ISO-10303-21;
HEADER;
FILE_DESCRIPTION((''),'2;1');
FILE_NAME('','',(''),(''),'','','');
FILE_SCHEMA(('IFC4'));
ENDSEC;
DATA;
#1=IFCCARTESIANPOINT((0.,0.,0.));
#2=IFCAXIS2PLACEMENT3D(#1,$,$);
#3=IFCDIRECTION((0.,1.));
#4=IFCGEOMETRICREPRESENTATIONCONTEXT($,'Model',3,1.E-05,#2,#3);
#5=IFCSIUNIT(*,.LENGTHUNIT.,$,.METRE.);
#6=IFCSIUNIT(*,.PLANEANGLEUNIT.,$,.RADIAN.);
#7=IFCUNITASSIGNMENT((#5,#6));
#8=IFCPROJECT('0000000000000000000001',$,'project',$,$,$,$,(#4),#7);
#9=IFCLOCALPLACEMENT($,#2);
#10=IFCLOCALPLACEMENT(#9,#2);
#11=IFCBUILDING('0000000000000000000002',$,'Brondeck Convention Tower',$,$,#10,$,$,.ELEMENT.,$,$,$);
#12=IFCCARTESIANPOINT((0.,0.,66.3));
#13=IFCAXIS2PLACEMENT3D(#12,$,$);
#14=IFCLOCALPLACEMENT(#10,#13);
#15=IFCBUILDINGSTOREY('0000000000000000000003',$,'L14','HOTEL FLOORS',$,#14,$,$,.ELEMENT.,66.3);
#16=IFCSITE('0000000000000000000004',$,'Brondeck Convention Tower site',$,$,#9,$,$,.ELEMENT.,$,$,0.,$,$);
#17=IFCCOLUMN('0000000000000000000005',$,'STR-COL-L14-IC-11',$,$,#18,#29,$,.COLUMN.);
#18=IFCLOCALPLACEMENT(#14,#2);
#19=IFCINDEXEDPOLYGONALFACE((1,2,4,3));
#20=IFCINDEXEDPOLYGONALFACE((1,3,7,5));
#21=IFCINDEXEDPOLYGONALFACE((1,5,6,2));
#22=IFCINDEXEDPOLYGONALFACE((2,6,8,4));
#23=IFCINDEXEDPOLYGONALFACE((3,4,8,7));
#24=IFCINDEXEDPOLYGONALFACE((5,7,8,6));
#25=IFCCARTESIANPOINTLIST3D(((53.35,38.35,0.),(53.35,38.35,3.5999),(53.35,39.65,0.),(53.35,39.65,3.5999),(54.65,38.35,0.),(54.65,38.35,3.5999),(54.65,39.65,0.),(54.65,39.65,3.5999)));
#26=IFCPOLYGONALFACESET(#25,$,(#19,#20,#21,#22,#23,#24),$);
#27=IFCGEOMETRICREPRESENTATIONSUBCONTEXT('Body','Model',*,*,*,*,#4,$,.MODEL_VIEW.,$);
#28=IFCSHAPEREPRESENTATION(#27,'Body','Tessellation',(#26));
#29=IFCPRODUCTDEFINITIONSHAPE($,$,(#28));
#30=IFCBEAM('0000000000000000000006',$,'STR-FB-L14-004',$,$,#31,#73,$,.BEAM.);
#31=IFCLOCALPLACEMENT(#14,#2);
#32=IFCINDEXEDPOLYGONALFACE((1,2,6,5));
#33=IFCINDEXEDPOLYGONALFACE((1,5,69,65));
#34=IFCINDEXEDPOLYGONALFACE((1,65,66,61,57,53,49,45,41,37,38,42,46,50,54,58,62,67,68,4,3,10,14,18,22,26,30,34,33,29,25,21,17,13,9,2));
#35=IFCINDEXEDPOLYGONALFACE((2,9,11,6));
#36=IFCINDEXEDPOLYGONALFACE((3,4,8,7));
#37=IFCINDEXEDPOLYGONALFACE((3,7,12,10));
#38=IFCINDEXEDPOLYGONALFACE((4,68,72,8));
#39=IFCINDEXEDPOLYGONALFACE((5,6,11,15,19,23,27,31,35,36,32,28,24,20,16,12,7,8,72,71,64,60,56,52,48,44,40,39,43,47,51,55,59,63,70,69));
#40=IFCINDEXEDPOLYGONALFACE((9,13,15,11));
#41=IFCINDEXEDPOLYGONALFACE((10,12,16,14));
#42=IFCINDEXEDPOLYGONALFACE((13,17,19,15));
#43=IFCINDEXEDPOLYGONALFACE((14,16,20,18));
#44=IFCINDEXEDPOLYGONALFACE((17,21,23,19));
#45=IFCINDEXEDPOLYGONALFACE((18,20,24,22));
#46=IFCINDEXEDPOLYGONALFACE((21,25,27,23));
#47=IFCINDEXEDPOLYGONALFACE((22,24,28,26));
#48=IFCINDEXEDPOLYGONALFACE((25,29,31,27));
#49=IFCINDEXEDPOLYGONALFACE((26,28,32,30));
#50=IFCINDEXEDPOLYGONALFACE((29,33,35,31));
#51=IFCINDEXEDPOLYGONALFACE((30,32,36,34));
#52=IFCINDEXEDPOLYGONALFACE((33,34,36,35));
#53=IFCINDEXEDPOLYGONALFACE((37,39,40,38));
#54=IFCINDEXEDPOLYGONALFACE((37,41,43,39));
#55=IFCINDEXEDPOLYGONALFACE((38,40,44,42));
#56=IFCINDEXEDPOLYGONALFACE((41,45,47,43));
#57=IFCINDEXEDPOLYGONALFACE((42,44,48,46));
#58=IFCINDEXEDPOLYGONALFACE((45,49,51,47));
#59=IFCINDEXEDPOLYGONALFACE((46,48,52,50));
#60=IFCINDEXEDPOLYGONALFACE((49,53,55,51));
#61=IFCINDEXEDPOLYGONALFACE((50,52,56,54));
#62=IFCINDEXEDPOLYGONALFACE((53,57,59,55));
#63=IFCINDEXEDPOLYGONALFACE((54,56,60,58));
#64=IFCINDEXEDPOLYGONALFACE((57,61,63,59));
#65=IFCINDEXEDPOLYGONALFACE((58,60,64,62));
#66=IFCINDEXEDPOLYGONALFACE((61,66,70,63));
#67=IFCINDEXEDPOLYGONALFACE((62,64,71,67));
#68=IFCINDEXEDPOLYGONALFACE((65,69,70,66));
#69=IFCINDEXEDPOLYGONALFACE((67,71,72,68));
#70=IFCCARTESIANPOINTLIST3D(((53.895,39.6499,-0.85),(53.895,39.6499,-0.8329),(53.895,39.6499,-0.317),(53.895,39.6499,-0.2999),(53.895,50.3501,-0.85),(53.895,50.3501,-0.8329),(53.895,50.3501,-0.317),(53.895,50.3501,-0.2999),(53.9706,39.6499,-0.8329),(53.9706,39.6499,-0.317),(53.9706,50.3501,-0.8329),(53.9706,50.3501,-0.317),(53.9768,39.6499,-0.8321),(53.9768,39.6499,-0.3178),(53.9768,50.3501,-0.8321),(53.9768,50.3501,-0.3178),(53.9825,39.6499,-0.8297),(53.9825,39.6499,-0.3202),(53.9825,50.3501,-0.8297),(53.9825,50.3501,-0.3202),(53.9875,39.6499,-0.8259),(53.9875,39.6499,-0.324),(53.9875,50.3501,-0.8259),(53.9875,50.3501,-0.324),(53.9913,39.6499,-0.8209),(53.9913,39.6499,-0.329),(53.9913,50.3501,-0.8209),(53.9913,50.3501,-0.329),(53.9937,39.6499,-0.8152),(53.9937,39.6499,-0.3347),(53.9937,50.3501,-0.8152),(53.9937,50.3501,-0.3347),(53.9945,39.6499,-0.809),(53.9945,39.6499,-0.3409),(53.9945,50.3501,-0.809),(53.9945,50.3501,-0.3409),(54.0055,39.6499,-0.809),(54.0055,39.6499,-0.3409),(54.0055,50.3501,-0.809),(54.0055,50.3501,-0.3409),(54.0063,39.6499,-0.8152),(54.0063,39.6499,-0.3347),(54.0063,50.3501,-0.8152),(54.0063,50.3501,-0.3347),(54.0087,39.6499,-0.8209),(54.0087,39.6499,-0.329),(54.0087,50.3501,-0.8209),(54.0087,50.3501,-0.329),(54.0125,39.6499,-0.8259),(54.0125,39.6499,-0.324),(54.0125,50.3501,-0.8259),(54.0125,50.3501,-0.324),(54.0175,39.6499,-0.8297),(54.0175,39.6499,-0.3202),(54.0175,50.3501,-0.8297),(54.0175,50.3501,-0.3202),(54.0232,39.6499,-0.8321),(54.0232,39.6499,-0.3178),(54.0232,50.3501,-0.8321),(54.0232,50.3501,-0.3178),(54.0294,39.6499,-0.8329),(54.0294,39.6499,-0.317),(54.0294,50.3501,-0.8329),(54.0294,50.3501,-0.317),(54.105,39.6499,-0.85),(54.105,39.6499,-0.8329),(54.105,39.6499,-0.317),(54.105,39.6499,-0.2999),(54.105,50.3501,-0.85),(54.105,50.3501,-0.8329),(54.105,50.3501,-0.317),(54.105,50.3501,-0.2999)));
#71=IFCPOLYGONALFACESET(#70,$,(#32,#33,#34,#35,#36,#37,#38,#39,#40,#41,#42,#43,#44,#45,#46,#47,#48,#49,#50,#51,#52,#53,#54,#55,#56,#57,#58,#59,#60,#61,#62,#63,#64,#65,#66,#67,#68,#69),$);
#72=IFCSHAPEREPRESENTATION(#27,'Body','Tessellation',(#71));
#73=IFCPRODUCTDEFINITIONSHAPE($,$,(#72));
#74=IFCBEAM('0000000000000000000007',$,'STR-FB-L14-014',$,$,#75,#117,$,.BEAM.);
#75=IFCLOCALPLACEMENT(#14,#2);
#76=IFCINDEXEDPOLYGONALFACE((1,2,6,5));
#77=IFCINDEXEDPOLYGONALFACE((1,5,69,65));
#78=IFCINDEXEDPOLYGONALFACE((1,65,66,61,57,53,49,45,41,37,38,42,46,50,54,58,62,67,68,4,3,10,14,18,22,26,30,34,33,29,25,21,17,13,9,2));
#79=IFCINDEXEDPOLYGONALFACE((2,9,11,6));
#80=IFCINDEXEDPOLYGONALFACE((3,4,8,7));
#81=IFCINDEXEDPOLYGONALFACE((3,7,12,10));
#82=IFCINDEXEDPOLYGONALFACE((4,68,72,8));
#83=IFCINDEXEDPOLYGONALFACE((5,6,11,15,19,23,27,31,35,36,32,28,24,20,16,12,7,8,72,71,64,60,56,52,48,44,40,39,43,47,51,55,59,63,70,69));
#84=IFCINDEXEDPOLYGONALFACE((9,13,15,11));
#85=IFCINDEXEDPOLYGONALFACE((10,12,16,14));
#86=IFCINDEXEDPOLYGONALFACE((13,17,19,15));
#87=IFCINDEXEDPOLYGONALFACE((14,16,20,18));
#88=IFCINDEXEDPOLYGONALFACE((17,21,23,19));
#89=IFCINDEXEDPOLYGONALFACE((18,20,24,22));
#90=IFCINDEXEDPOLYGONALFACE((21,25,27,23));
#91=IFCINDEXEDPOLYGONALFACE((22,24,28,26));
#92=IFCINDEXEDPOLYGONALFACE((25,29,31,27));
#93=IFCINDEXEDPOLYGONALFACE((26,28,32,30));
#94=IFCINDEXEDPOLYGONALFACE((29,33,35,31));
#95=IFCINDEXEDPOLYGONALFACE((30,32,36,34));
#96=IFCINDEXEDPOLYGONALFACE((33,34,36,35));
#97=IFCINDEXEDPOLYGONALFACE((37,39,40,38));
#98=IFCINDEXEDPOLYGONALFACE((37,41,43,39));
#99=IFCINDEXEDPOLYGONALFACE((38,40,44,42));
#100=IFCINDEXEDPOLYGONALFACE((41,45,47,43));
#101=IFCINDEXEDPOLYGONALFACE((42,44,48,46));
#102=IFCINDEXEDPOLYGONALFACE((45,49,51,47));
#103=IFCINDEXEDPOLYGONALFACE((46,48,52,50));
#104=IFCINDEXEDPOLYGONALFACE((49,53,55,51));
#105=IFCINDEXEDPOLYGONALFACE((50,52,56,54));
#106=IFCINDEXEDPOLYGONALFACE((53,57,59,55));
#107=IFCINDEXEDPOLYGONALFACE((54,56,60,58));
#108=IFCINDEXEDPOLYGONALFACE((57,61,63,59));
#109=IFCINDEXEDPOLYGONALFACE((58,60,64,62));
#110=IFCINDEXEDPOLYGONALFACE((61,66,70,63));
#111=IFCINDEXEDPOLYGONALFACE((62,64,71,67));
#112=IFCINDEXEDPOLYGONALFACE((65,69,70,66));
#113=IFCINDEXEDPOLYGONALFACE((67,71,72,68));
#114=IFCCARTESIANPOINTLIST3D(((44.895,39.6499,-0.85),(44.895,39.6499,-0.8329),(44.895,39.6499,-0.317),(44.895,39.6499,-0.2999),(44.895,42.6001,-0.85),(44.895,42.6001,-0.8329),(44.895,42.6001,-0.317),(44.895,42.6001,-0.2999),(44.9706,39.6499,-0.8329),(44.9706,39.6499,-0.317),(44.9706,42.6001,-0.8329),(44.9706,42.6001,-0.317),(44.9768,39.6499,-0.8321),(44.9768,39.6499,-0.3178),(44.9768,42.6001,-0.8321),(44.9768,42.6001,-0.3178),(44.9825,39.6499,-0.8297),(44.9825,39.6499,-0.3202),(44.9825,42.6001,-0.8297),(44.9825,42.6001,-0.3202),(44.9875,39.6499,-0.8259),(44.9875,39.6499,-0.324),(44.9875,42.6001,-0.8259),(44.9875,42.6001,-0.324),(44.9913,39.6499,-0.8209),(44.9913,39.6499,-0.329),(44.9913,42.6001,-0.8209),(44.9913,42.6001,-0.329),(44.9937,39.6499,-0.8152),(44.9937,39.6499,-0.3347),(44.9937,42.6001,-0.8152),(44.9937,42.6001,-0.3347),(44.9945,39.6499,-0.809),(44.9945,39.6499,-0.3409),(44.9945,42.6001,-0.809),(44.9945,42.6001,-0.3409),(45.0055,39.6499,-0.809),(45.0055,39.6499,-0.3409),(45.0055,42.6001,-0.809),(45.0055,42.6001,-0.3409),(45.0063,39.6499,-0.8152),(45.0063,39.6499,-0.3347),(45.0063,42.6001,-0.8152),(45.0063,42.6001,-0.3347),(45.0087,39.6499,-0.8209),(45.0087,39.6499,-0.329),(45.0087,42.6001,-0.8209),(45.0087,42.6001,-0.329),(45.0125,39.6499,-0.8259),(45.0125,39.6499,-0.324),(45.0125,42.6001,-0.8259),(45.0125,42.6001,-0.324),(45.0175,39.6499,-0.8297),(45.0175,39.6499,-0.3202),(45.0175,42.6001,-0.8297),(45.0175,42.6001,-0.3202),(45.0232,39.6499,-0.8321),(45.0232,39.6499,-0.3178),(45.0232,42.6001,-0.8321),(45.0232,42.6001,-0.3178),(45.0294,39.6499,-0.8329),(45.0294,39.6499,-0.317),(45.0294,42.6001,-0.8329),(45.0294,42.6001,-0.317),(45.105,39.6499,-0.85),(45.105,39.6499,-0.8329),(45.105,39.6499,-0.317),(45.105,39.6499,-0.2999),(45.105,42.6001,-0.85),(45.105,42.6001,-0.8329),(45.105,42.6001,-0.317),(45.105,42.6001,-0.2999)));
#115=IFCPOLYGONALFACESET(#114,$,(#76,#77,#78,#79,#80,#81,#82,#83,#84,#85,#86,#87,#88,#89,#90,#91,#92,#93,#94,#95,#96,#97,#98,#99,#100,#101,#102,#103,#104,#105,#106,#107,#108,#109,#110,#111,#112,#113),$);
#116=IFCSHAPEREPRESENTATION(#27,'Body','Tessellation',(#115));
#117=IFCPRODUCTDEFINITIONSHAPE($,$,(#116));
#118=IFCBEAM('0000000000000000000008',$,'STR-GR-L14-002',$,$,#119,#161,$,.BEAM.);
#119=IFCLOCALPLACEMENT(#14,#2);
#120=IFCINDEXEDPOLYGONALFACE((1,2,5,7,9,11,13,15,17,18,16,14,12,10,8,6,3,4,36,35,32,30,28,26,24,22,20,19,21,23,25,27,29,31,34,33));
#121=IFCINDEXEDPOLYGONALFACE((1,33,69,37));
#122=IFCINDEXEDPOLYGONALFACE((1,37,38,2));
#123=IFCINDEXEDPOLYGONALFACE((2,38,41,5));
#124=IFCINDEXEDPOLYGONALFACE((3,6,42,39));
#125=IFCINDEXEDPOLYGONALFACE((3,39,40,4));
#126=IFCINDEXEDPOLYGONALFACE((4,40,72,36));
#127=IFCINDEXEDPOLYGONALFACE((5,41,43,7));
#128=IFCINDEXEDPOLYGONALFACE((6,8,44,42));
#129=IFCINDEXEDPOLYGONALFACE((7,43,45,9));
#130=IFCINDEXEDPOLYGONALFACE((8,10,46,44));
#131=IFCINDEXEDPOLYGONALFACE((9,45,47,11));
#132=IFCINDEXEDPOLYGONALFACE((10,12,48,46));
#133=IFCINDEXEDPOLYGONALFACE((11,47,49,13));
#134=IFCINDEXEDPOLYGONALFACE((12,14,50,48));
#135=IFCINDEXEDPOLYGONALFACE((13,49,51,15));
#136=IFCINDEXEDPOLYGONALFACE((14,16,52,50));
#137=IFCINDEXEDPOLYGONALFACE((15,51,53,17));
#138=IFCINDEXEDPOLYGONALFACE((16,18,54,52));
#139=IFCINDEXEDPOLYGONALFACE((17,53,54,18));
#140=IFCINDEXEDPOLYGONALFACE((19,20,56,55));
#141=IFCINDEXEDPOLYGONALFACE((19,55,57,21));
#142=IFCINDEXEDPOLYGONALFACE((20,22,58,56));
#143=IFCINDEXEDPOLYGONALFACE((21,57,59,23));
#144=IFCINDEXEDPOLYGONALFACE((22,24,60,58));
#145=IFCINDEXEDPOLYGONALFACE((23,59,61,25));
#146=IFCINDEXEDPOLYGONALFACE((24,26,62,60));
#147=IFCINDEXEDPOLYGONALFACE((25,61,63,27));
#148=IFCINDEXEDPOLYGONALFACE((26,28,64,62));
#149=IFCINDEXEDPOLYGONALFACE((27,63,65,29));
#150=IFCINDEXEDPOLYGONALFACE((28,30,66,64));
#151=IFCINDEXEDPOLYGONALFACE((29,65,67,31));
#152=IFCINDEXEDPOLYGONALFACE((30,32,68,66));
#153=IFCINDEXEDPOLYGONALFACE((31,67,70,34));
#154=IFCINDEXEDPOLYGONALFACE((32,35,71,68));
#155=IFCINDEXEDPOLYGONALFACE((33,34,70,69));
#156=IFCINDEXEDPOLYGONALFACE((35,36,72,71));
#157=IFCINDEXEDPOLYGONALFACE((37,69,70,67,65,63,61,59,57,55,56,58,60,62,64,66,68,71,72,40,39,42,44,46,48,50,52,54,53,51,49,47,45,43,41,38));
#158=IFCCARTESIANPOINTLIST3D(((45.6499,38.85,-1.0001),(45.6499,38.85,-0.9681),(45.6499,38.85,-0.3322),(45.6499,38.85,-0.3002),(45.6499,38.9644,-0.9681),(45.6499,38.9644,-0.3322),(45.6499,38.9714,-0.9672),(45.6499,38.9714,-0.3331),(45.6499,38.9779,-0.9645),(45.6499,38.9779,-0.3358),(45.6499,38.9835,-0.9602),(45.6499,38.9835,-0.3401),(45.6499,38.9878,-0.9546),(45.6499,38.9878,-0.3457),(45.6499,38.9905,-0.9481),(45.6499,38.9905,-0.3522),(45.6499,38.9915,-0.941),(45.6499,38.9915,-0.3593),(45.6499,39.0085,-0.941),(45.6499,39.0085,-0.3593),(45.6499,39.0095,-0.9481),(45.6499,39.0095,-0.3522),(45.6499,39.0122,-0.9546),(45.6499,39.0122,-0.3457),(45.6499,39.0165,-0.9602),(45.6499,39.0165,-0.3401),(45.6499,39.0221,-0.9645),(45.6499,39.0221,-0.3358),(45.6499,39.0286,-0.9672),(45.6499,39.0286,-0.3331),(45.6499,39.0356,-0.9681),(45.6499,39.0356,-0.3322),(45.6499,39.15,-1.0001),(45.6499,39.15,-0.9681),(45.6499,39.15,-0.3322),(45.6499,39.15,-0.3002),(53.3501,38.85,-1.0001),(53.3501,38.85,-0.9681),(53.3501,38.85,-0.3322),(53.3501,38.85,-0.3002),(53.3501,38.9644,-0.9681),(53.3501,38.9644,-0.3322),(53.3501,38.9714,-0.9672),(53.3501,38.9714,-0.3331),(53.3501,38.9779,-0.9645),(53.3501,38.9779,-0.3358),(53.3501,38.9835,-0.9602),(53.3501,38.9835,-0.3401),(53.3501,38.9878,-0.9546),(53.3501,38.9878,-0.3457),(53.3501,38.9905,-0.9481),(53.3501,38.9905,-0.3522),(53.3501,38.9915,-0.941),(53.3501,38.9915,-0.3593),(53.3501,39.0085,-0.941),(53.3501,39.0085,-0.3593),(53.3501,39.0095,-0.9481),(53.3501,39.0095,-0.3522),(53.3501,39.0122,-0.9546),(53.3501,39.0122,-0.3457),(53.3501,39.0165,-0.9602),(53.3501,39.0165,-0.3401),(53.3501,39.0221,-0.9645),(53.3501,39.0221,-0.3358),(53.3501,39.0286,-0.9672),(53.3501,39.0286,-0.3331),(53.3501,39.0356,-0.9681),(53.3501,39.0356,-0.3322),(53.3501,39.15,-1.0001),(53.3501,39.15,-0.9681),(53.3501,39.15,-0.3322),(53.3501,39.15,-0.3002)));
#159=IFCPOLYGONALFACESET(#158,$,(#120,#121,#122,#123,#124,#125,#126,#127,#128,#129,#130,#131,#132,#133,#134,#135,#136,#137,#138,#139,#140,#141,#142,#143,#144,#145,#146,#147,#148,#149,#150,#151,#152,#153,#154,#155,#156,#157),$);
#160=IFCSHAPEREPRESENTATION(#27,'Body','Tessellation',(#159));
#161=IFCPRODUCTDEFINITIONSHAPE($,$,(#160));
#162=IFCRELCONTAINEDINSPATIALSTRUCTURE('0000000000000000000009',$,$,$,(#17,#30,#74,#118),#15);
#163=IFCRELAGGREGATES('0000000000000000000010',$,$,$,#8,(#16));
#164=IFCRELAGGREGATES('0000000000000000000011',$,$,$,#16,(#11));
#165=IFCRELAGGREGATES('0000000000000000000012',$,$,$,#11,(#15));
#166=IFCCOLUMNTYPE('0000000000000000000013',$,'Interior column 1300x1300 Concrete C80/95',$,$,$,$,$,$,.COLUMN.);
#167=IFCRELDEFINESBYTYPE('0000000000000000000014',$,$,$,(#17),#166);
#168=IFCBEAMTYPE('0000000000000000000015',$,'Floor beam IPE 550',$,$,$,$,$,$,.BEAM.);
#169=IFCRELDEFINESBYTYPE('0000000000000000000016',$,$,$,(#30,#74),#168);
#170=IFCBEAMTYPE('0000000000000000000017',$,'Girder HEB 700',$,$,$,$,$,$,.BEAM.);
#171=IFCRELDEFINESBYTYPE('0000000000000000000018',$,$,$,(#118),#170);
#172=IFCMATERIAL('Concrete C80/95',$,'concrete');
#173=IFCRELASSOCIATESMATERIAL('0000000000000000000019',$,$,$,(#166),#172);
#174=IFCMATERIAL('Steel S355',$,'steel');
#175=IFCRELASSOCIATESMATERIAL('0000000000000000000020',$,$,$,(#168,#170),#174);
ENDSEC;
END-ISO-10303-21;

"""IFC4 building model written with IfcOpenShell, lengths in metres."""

from ifc_helpers import new_model, si_unit, direction, frame, origin, origin_2d, place, context, subcontext, project, spatial, rectangle, i_section, extrude, material, material_profile, profile_set, type_object, element, save


model = new_model("IFC4")

# Units and contexts
model_context = context("Model", 3, precision=1e-05, world=origin(), true_north=direction((0.0, 1.0)))
body_context = subcontext(model_context, "Body", "Model", "MODEL_VIEW")
ifc_project = project(units=[si_unit("LENGTHUNIT", "METRE"), si_unit("PLANEANGLEUNIT", "RADIAN")], contexts=[model_context])

# Site, building, storey
site_placement = place(None, origin())
site = spatial("IfcSite", under=ifc_project, at=site_placement, Name="Brondeck Convention Tower site", CompositionType="ELEMENT", RefElevation=0.0)
building_placement = place(site_placement, origin())
building = spatial("IfcBuilding", under=site, at=building_placement, Name="Brondeck Convention Tower", CompositionType="ELEMENT")
storey_placement = place(building_placement, frame((0.0, 0.0, 66.3)))
storey = spatial("IfcBuildingStorey", under=building, at=storey_placement, Name="L14", Description="HOTEL FLOORS", CompositionType="ELEMENT", Elevation=66.3)

# Column
ifc_material_1 = material(Name="Concrete C80/95", Category="concrete")
ifc_material_profile_1 = material_profile(ifc_material_1, rectangle(XDim=1.3, YDim=1.3, at=origin_2d()), Name="Interior column 1300x1300 Concrete C80/95")
ifc_profile_set_1 = profile_set([ifc_material_profile_1], Name="Concrete C80/95")
column_type = type_object("IfcColumnType", Name="Interior column 1300x1300 Concrete C80/95", PredefinedType="COLUMN", material=ifc_profile_set_1)
column_placement = place(storey_placement, frame((54.0, 39.0, 0.0), z_axis=(0.0, 0.0, 1.0), x_axis=(1.0, 0.0, 0.0)))
element("IfcColumn", 1, at=column_placement, inside=storey, type_object=column_type, Name="STR-COL-L14-IC-11", PredefinedType="COLUMN", context=body_context, shape_type="SweptSolid", body=[
    extrude(rectangle(XDim=1.3, YDim=1.3, at=origin_2d()), origin(), (0.0, 0.0, 1.0), 3.5999),
])

# Beams
ifc_material_2 = material(Name="Steel S355", Category="steel")
ifc_material_profile_2 = material_profile(ifc_material_2, i_section(OverallWidth=0.21, OverallDepth=0.55, WebThickness=0.011, FlangeThickness=0.0171, FilletRadius=0.0239, at=origin_2d()), Name="IPE 550")
ifc_profile_set_2 = profile_set([ifc_material_profile_2], Name="Steel S355")
beam_type_1 = type_object("IfcBeamType", Name="Floor beam IPE 550", PredefinedType="BEAM", material=ifc_profile_set_2)
beam_1_placement = place(storey_placement, frame((54.0, 39.6499, -0.575), z_axis=(0.0, 1.0, 0.0), x_axis=(-1.0, 0.0, 0.0)))
element("IfcBeam", 2, at=beam_1_placement, inside=storey, type_object=beam_type_1, Name="STR-FB-L14-004", PredefinedType="BEAM", context=body_context, shape_type="SweptSolid", body=[
    extrude(i_section(OverallWidth=0.21, OverallDepth=0.55, WebThickness=0.011, FlangeThickness=0.0171, FilletRadius=0.0239, at=origin_2d()), origin(), (0.0, 0.0, 1.0), 10.7002),
])
beam_2_placement = place(storey_placement, frame((45.0, 39.6499, -0.575), z_axis=(0.0, 1.0, 0.0), x_axis=(-1.0, 0.0, 0.0)))
element("IfcBeam", 3, at=beam_2_placement, inside=storey, type_object=beam_type_1, Name="STR-FB-L14-014", PredefinedType="BEAM", context=body_context, shape_type="SweptSolid", body=[
    extrude(i_section(OverallWidth=0.21, OverallDepth=0.55, WebThickness=0.011, FlangeThickness=0.0171, FilletRadius=0.0239, at=origin_2d()), origin(), (0.0, 0.0, 1.0), 2.9502),
])
ifc_material_profile_3 = material_profile(ifc_material_2, i_section(OverallWidth=0.3, OverallDepth=0.7, WebThickness=0.0171, FlangeThickness=0.032, FilletRadius=0.0271, at=origin_2d()), Name="HEB 700")
ifc_profile_set_3 = profile_set([ifc_material_profile_3], Name="Steel S355")
beam_type_2 = type_object("IfcBeamType", Name="Girder HEB 700", PredefinedType="BEAM", material=ifc_profile_set_3)
for number, where, z_axis, x_axis, name in (
    (4, (45.6499, 39.0, -0.6501), (1.0, 0.0, 0.0), (0.0, 1.0, 0.0), "STR-GR-L14-002"),
):
    element("IfcBeam", number, at=place(storey_placement, frame(where, z_axis=z_axis, x_axis=x_axis)), inside=storey, type_object=beam_type_2, Name=name, PredefinedType="BEAM", context=body_context, shape_type="SweptSolid", body=[
        extrude(i_section(OverallWidth=0.3, OverallDepth=0.7, WebThickness=0.0171, FlangeThickness=0.032, FilletRadius=0.0271, at=origin_2d()), origin(), (0.0, 0.0, 1.0), 7.7002),
    ])

save(model, "model.ifc")
